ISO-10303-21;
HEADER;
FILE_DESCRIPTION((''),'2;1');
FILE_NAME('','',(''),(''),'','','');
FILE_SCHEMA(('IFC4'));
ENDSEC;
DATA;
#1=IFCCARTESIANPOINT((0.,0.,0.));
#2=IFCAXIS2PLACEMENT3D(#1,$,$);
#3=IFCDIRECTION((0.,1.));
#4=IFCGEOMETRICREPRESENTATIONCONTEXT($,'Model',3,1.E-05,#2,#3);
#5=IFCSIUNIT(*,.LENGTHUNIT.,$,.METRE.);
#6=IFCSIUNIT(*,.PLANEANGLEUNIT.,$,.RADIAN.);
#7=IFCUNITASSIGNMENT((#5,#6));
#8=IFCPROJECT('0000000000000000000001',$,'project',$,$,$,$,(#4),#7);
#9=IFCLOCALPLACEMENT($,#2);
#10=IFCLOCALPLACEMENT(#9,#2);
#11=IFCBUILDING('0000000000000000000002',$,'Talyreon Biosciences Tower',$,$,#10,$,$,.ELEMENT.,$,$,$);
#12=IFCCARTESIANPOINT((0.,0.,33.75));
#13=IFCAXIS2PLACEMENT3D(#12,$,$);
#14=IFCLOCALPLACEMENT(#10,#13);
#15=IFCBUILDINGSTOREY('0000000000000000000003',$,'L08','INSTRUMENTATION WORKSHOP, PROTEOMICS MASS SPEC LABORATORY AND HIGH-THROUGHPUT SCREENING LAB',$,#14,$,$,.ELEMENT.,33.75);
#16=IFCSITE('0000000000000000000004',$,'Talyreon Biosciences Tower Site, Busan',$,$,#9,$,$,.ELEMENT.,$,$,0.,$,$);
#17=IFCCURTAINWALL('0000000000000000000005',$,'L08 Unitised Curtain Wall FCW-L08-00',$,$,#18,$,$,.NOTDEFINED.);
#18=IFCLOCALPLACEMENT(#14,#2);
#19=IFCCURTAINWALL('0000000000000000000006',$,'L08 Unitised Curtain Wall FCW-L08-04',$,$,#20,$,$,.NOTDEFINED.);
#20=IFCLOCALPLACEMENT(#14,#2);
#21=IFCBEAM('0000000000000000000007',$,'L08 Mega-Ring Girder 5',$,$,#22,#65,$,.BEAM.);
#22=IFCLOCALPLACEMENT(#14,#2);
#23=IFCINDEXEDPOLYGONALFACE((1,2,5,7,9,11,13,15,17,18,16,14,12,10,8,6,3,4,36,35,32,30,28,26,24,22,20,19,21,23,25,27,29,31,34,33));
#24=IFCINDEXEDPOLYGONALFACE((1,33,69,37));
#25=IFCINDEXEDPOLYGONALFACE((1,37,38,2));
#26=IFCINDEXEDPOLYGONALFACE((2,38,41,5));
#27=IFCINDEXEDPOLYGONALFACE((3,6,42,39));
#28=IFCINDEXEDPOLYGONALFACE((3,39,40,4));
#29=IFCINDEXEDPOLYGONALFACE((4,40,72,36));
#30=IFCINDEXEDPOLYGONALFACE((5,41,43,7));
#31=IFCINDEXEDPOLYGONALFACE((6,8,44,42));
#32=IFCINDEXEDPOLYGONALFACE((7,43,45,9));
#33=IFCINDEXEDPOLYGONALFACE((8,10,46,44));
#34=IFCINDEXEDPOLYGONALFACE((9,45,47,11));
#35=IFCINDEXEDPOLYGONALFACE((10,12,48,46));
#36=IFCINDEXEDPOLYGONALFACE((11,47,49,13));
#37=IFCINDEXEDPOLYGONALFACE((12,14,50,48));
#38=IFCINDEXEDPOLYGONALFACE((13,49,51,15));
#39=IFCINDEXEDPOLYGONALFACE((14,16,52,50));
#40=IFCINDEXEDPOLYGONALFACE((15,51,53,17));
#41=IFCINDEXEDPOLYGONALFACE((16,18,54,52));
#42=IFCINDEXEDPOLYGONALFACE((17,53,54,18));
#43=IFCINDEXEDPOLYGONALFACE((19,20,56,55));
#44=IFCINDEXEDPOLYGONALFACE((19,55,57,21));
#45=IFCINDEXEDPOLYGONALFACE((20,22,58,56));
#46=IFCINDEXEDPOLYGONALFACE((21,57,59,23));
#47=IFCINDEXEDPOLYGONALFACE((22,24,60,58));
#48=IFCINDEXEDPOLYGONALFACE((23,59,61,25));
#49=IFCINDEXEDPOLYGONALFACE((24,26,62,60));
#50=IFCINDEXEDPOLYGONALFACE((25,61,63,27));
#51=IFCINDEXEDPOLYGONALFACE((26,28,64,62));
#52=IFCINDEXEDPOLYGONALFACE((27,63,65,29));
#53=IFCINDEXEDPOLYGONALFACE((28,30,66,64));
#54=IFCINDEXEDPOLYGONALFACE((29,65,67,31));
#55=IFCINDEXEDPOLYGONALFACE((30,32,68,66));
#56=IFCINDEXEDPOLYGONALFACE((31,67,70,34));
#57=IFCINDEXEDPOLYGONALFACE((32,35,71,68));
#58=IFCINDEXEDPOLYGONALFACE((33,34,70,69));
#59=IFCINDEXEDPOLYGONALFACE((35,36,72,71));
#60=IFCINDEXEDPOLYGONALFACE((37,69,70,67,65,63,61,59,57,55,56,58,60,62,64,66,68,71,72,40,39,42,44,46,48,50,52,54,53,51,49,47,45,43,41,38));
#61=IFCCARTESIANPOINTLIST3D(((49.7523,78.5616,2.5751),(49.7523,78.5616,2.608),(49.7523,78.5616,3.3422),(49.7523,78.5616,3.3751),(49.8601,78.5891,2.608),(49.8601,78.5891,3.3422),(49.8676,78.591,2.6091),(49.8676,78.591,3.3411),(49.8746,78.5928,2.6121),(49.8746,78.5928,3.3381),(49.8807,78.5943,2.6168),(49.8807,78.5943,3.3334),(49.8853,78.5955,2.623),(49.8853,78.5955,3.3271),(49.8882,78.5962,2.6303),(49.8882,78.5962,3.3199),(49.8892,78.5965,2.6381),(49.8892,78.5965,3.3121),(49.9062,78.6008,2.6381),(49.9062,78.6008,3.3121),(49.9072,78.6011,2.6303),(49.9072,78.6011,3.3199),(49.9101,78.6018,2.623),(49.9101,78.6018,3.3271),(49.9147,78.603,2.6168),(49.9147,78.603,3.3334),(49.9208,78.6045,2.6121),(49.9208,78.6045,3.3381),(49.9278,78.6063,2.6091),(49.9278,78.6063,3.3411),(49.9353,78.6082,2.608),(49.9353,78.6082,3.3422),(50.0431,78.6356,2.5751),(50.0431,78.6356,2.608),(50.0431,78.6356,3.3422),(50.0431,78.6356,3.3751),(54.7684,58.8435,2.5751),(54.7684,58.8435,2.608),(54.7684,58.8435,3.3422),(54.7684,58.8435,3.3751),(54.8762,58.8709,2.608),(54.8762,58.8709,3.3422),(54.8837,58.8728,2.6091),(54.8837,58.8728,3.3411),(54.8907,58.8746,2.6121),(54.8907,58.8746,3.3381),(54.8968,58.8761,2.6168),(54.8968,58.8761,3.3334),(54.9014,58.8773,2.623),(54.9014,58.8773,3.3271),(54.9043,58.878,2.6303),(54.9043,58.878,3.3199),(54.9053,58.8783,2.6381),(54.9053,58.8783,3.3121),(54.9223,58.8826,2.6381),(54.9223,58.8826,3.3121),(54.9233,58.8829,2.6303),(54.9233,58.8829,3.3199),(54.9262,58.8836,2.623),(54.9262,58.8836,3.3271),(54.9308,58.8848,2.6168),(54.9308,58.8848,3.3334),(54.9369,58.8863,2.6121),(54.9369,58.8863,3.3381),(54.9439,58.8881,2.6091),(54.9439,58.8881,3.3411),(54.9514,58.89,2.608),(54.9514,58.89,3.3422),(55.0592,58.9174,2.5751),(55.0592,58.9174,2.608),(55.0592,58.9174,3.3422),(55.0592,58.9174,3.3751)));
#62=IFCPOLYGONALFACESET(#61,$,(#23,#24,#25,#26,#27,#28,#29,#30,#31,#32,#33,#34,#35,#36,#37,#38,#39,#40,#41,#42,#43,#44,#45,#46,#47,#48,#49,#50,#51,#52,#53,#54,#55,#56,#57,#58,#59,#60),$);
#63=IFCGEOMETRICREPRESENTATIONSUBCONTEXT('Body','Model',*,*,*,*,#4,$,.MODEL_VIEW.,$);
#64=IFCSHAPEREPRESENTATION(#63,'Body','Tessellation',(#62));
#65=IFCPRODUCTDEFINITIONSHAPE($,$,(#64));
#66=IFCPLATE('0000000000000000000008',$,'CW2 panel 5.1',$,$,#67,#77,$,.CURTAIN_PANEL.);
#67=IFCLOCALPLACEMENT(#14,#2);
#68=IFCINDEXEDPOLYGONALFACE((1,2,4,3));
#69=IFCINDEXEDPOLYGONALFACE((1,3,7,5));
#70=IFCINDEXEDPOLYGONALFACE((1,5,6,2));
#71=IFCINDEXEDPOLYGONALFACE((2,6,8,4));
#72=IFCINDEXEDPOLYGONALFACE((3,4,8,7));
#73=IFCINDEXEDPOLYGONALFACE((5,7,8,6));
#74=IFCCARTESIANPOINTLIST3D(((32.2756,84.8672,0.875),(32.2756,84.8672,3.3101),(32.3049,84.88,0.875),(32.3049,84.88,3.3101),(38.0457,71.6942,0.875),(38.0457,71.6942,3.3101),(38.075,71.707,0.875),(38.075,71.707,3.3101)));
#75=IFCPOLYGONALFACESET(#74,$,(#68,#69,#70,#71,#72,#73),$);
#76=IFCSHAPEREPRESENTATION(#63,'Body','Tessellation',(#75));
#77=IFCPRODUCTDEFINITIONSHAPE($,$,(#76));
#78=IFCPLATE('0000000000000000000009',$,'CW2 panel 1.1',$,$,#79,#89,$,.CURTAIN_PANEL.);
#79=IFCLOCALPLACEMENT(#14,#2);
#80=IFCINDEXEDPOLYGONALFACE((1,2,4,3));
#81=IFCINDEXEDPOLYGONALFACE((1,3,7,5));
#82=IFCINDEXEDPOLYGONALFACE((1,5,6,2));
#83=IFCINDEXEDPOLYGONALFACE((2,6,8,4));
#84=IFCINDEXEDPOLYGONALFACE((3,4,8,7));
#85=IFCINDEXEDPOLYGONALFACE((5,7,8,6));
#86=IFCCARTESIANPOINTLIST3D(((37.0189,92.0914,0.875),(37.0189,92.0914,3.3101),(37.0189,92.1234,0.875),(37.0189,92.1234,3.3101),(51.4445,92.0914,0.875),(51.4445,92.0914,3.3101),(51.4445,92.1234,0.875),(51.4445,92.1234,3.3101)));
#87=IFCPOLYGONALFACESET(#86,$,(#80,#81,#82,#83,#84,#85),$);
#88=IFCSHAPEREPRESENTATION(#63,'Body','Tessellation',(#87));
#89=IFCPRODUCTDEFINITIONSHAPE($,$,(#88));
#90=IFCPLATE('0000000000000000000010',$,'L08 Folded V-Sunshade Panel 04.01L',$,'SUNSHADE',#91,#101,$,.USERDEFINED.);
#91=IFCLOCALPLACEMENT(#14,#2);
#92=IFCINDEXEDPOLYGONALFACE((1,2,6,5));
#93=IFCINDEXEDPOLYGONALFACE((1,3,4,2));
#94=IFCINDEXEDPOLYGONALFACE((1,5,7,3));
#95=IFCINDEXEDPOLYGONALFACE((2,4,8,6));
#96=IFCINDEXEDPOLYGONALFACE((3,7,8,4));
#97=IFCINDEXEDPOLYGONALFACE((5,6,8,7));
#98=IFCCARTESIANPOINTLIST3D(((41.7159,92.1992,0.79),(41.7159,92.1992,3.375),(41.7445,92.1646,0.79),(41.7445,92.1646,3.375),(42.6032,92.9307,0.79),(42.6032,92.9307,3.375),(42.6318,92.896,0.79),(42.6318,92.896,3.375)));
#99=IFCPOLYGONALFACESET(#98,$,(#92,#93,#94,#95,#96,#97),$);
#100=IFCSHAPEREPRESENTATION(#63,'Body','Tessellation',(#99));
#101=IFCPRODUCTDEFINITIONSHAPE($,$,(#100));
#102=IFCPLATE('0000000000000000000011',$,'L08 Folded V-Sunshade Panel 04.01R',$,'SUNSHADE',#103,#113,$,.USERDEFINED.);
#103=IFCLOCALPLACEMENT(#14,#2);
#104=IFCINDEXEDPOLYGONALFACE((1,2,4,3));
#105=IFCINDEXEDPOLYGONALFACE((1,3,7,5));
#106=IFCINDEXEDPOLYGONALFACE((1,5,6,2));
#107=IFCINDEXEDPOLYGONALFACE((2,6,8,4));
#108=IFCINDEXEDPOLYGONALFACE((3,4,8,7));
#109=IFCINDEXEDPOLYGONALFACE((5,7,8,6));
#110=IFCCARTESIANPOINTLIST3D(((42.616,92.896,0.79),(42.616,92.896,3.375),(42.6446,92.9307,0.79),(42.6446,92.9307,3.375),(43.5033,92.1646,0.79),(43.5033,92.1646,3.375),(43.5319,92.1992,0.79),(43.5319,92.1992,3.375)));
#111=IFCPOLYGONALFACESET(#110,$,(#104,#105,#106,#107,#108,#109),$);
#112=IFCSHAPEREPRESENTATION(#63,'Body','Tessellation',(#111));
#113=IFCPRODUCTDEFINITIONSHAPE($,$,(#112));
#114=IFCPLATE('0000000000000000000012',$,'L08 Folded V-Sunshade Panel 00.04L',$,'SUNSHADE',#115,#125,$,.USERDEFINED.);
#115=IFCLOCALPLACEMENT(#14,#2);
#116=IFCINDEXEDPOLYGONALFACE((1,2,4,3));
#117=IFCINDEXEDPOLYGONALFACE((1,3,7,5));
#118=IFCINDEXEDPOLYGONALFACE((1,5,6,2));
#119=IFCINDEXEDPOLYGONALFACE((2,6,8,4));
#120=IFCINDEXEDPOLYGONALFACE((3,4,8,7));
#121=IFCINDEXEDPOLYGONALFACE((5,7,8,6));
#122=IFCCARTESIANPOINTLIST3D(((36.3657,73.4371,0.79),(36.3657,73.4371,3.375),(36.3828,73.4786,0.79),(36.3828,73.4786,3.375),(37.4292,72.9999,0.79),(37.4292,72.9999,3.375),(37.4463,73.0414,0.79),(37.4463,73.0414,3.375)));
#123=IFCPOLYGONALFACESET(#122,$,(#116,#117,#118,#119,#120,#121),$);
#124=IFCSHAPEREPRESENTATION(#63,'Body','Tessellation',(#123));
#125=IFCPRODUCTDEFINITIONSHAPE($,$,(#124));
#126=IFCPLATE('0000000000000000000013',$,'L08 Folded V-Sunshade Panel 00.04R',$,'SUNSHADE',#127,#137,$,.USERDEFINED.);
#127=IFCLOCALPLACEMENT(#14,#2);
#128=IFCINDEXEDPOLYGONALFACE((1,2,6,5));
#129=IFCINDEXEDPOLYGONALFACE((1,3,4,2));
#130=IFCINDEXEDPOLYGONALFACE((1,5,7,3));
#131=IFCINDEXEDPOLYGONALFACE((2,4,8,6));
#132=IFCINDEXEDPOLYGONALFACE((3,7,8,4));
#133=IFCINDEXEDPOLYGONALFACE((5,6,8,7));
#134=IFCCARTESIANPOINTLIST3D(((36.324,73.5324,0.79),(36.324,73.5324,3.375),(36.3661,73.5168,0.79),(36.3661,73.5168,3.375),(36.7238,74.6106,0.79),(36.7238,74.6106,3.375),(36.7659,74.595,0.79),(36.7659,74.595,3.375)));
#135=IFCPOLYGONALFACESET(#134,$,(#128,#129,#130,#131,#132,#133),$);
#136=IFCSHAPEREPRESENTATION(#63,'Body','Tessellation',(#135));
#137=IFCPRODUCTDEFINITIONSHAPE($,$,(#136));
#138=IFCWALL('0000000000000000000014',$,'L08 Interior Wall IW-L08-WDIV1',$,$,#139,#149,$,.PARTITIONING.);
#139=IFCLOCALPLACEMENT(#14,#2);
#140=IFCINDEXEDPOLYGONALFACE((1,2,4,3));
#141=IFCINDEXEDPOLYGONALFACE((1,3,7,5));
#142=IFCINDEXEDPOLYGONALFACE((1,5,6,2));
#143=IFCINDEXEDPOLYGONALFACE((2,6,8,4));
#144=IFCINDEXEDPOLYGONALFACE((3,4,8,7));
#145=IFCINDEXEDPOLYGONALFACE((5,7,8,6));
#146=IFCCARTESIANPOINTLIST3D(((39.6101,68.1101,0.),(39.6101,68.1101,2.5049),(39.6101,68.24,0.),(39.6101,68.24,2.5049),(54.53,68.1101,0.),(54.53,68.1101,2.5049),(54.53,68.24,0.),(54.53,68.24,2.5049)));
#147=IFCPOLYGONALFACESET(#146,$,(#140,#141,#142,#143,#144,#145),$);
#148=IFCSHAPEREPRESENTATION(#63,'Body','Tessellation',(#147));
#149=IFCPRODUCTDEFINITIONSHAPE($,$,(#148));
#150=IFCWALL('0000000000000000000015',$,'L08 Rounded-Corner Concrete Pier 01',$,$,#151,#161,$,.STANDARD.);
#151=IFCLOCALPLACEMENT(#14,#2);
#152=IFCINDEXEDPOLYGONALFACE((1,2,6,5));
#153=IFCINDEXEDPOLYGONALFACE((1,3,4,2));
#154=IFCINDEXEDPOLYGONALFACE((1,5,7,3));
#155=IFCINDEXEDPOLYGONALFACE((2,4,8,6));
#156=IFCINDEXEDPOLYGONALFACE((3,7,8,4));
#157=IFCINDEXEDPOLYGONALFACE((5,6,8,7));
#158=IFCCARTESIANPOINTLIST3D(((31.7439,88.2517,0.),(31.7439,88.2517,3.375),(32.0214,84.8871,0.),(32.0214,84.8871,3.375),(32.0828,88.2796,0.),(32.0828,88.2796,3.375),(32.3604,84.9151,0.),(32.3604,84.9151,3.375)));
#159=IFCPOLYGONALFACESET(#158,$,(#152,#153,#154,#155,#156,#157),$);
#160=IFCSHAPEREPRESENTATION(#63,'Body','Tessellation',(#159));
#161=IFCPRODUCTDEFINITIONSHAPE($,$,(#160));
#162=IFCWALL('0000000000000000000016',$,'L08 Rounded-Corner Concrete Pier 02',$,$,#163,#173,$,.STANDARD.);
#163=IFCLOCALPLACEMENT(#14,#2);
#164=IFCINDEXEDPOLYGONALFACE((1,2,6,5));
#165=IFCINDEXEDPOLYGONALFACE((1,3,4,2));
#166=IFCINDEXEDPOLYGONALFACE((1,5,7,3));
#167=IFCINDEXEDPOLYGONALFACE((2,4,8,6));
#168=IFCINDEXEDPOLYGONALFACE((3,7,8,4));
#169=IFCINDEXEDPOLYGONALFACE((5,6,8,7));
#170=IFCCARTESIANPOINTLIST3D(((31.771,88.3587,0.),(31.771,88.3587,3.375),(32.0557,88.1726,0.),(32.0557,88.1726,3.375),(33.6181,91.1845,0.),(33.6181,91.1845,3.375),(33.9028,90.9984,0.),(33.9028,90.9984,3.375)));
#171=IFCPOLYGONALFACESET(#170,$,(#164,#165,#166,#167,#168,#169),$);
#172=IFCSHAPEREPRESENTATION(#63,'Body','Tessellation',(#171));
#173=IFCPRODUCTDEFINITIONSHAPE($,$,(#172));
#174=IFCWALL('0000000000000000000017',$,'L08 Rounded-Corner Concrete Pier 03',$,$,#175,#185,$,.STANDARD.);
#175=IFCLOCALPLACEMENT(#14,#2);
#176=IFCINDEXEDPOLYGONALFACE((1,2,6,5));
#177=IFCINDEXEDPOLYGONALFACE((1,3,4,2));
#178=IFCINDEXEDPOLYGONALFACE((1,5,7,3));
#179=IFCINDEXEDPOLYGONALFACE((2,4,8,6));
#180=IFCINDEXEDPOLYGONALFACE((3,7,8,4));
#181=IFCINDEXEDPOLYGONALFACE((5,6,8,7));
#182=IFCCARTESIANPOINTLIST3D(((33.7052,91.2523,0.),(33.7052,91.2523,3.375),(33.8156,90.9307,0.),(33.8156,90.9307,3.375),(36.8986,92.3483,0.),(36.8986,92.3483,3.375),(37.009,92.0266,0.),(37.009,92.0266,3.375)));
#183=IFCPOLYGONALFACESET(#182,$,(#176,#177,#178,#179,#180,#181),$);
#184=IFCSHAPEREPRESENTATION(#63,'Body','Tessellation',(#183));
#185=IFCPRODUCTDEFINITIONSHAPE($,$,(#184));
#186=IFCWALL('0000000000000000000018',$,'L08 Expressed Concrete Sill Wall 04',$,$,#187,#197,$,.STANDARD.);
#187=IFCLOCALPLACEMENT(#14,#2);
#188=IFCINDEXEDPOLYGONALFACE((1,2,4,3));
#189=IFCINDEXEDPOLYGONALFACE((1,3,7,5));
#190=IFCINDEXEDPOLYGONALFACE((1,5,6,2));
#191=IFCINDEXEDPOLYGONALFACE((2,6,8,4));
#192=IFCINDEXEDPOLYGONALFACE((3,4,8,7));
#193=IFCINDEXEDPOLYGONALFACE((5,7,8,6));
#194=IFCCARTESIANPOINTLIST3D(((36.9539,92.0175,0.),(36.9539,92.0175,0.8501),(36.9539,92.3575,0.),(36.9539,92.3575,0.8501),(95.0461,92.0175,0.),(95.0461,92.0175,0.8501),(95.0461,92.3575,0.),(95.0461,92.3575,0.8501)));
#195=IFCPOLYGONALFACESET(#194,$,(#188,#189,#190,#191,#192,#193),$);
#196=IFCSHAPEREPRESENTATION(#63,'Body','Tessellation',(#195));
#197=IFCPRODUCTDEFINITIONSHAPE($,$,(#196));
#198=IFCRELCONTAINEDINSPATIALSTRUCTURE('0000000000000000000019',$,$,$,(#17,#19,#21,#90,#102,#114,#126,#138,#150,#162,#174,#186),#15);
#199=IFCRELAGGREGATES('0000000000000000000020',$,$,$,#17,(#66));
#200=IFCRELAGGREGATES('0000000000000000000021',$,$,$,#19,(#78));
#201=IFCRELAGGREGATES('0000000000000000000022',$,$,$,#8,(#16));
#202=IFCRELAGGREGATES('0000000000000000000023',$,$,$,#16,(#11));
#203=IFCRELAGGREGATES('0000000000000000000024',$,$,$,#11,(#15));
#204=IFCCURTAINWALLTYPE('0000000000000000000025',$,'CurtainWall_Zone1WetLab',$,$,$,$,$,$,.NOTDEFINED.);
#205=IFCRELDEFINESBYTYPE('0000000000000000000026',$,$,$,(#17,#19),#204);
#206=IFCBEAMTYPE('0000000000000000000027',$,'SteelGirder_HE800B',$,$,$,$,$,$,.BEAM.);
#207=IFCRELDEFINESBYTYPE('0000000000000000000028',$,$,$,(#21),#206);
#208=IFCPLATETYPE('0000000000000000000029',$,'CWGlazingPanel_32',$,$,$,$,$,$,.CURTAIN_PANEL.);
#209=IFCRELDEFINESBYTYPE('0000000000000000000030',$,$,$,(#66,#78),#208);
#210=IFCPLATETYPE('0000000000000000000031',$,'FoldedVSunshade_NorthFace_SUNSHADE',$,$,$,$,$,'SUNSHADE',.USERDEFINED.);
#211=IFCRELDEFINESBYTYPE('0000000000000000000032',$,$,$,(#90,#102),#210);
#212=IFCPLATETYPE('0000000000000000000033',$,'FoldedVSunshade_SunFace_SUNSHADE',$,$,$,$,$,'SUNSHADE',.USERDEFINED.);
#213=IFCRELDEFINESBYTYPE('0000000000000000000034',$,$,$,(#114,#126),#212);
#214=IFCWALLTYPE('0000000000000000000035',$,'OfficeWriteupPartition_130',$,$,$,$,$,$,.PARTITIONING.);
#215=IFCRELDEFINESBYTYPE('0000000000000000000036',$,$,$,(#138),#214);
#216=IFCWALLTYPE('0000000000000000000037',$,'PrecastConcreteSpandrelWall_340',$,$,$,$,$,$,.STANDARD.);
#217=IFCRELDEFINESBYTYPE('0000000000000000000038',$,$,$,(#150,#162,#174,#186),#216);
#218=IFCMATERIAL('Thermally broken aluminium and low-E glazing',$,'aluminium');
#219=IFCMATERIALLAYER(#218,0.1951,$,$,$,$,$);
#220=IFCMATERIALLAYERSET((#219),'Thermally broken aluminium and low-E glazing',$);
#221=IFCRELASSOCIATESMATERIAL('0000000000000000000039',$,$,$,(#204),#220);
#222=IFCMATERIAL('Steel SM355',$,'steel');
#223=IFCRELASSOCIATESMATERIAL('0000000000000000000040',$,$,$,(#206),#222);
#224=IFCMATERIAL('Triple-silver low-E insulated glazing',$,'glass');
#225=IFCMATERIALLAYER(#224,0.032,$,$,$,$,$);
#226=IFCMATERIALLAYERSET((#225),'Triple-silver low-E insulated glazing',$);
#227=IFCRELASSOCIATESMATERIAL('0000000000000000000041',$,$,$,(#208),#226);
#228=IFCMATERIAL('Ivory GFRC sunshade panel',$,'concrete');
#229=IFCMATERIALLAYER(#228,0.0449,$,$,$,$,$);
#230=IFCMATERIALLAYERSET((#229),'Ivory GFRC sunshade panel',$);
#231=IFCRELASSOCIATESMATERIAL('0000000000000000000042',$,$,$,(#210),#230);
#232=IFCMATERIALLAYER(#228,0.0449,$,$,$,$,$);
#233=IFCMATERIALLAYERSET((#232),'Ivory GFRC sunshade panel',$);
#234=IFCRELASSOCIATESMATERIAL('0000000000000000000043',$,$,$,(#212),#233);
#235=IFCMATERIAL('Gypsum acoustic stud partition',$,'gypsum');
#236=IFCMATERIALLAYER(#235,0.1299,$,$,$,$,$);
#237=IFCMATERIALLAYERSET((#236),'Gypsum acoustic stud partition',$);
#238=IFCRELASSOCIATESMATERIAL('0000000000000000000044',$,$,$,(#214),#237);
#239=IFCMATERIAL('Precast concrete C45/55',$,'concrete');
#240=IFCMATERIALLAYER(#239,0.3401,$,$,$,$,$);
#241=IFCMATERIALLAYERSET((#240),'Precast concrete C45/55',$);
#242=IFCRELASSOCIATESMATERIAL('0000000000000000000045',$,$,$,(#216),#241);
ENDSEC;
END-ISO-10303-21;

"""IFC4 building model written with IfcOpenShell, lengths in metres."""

from ifc_helpers import new_model, si_unit, direction, frame, frame_2d, origin, origin_2d, place, context, subcontext, project, spatial, rectangle, i_section, extrude, material, layer, layer_set, material_profile, profile_set, type_object, element, aggregate, save


model = new_model("IFC4")

# Units and contexts
model_context = context("Model", 3, precision=1e-05, world=origin(), true_north=direction((0.0, 1.0)))
body_context = subcontext(model_context, "Body", "Model", "MODEL_VIEW")
ifc_project = project(units=[si_unit("LENGTHUNIT", "METRE"), si_unit("PLANEANGLEUNIT", "RADIAN")], contexts=[model_context])

# Site, building, storey
site_placement = place(None, origin())
site = spatial("IfcSite", under=ifc_project, at=site_placement, Name="Talyreon Biosciences Tower Site, Busan", CompositionType="ELEMENT", RefElevation=0.0)
building_placement = place(site_placement, origin())
building = spatial("IfcBuilding", under=site, at=building_placement, Name="Talyreon Biosciences Tower", CompositionType="ELEMENT")
storey_placement = place(building_placement, frame((0.0, 0.0, 33.75)))
storey = spatial("IfcBuildingStorey", under=building, at=storey_placement, Name="L08", Description="INSTRUMENTATION WORKSHOP, PROTEOMICS MASS SPEC LABORATORY AND HIGH-THROUGHPUT SCREENING LAB", CompositionType="ELEMENT", Elevation=33.75)

# Curtain walls
ifc_material_1 = material(Name="Thermally broken aluminium and low-E glazing", Category="aluminium")
ifc_layer_1 = layer(ifc_material_1, 0.1951)
ifc_layer_set_1 = layer_set([ifc_layer_1], Name="Thermally broken aluminium and low-E glazing")
curtain_wall_type = type_object("IfcCurtainWallType", Name="CurtainWall_Zone1WetLab", PredefinedType="NOTDEFINED", material=ifc_layer_set_1)
curtain_wall_1_placement = place(storey_placement, origin())
curtain_wall_1 = element("IfcCurtainWall", 1, at=curtain_wall_1_placement, inside=storey, type_object=curtain_wall_type, Name="L08 Unitised Curtain Wall FCW-L08-00", PredefinedType="NOTDEFINED")
curtain_wall_2_placement = place(storey_placement, origin())
curtain_wall_2 = element("IfcCurtainWall", 2, at=curtain_wall_2_placement, inside=storey, type_object=curtain_wall_type, Name="L08 Unitised Curtain Wall FCW-L08-04", PredefinedType="NOTDEFINED")

# Beam
ifc_material_2 = material(Name="Precast concrete C45/55", Category="concrete")
ifc_material_3 = material(Name="Steel SM355", Category="steel")
ifc_material_profile_1 = material_profile(ifc_material_3, i_section(OverallWidth=0.3, OverallDepth=0.8, WebThickness=0.0176, FlangeThickness=0.033, FilletRadius=0.03, at=origin_2d()), Name="HE800B")
ifc_profile_set_1 = profile_set([ifc_material_profile_1], Name="Steel SM355")
beam_type_1 = type_object("IfcBeamType", Name="SteelGirder_HE800B", PredefinedType="BEAM", material=ifc_profile_set_1)
beam_1_placement = place(storey_placement, frame((49.8977, 78.5986, 2.9751), z_axis=(0.246537, -0.969133, 0.0), x_axis=(0.969133, 0.246537, 0.0)))
element("IfcBeam", 3, at=beam_1_placement, inside=storey, type_object=beam_type_1, Name="L08 Mega-Ring Girder 5", PredefinedType="BEAM", context=body_context, shape_type="SweptSolid", body=[
    extrude(i_section(OverallWidth=0.3, OverallDepth=0.8, WebThickness=0.0176, FlangeThickness=0.033, FilletRadius=0.03, at=origin_2d()), origin(), (0.0, 0.0, 1.0), 20.3462),
])

# Plates
ifc_material_4 = material(Name="Triple-silver low-E insulated glazing", Category="glass")
ifc_layer_2 = layer(ifc_material_4, 0.032)
ifc_layer_set_2 = layer_set([ifc_layer_2], Name="Triple-silver low-E insulated glazing")
plate_type_1 = type_object("IfcPlateType", Name="CWGlazingPanel_32", PredefinedType="CURTAIN_PANEL", material=ifc_layer_set_2)
plate_1_placement = place(storey_placement, frame((35.1753, 78.2871, 0.875), z_axis=(0.0, 0.0, 1.0), x_axis=(-0.401223, 0.91598, 0.0)))
plate_1 = element("IfcPlate", 4, at=plate_1_placement, type_object=plate_type_1, Name="CW2 panel 5.1", PredefinedType="CURTAIN_PANEL", context=body_context, shape_type="SweptSolid", body=[
    extrude(rectangle(XDim=14.3813, YDim=0.032, at=origin_2d()), origin(), (0.0, 0.0, 1.0), 2.4351),
])
aggregate(curtain_wall_1, [plate_1])
plate_2_placement = place(storey_placement, frame((44.2317, 92.1074, 0.875), z_axis=(0.0, 0.0, 1.0), x_axis=(1.0, 0.0, 0.0)))
plate_2 = element("IfcPlate", 5, at=plate_2_placement, type_object=plate_type_1, Name="CW2 panel 1.1", PredefinedType="CURTAIN_PANEL", context=body_context, shape_type="SweptSolid", body=[
    extrude(rectangle(XDim=14.4255, YDim=0.032, at=origin_2d()), origin(), (0.0, 0.0, 1.0), 2.4351),
])
aggregate(curtain_wall_2, [plate_2])

# Plates
ifc_material_5 = material(Name="Ivory GFRC sunshade panel", Category="concrete")
ifc_layer_3 = layer(ifc_material_5, 0.0449)
ifc_layer_set_3 = layer_set([ifc_layer_3], Name="Ivory GFRC sunshade panel")
plate_type_2 = type_object("IfcPlateType", Name="FoldedVSunshade_NorthFace_SUNSHADE", ElementType="SUNSHADE", PredefinedType="USERDEFINED", material=ifc_layer_set_3)
for number, where, z_axis, x_axis, name in (
    (6, (42.1738, 92.5476, 0.79), (0.0, 0.0, 1.0), (0.771625, 0.636078, 0.0), "L08 Folded V-Sunshade Panel 04.01L"),
    (7, (43.074, 92.5476, 0.79), (0.0, 0.0, 1.0), (0.771625, -0.636078, 0.0), "L08 Folded V-Sunshade Panel 04.01R"),
):
    element("IfcPlate", number, at=place(storey_placement, frame(where, z_axis=z_axis, x_axis=x_axis)), inside=storey, type_object=plate_type_2, Name=name, ObjectType="SUNSHADE", PredefinedType="USERDEFINED", context=body_context, shape_type="SweptSolid", body=[
        extrude(rectangle(XDim=1.1499, YDim=0.0449, at=origin_2d()), origin(), (0.0, 0.0, 1.0), 2.585),
    ])
ifc_layer_4 = layer(ifc_material_5, 0.0449)
ifc_layer_set_4 = layer_set([ifc_layer_4], Name="Ivory GFRC sunshade panel")
plate_type_3 = type_object("IfcPlateType", Name="FoldedVSunshade_SunFace_SUNSHADE", ElementType="SUNSHADE", PredefinedType="USERDEFINED", material=ifc_layer_set_4)
for number, where, z_axis, x_axis, name in (
    (8, (36.906, 73.2393, 0.79), (0.0, 0.0, 1.0), (-0.924911, 0.380183, 0.0), "L08 Folded V-Sunshade Panel 00.04L"),
    (9, (36.5449, 74.0637, 0.79), (0.0, 0.0, 1.0), (0.347672, 0.937616, 0.0), "L08 Folded V-Sunshade Panel 00.04R"),
):
    element("IfcPlate", number, at=place(storey_placement, frame(where, z_axis=z_axis, x_axis=x_axis)), inside=storey, type_object=plate_type_3, Name=name, ObjectType="SUNSHADE", PredefinedType="USERDEFINED", context=body_context, shape_type="SweptSolid", body=[
        extrude(rectangle(XDim=1.1499, YDim=0.0449, at=origin_2d()), origin(), (0.0, 0.0, 1.0), 2.585),
    ])

# Walls
ifc_material_6 = material(Name="Gypsum acoustic stud partition", Category="gypsum")
ifc_layer_5 = layer(ifc_material_6, 0.1299)
ifc_layer_set_5 = layer_set([ifc_layer_5], Name="Gypsum acoustic stud partition")
wall_type_1 = type_object("IfcWallType", Name="OfficeWriteupPartition_130", PredefinedType="PARTITIONING", material=ifc_layer_set_5)
wall_1_placement = place(storey_placement, frame((39.6101, 68.175, 0.0), z_axis=(0.0, 0.0, 1.0), x_axis=(1.0, 0.0, 0.0)))
element("IfcWall", 10, at=wall_1_placement, inside=storey, type_object=wall_type_1, Name="L08 Interior Wall IW-L08-WDIV1", PredefinedType="PARTITIONING", context=body_context, shape_type="SweptSolid", body=[
    extrude(rectangle(XDim=14.9199, YDim=0.1299, at=frame_2d((7.46, 0.0))), origin(), (0.0, 0.0, 1.0), 2.5049),
])
ifc_layer_6 = layer(ifc_material_2, 0.3401)
ifc_layer_set_6 = layer_set([ifc_layer_6], Name="Precast concrete C45/55")
wall_type_2 = type_object("IfcWallType", Name="PrecastConcreteSpandrelWall_340", PredefinedType="STANDARD", material=ifc_layer_set_6)
for number, where, z_axis, x_axis, name in (
    (11, (32.1909, 84.9011, 0.0), (0.0, 0.0, 1.0), (-0.082226, 0.996614, 0.0), "L08 Rounded-Corner Concrete Pier 01"),
    (12, (31.9133, 88.2656, 0.0), (0.0, 0.0, 1.0), (0.547134, 0.837045, 0.0), "L08 Rounded-Corner Concrete Pier 02"),
):
    element("IfcWall", number, at=place(storey_placement, frame(where, z_axis=z_axis, x_axis=x_axis)), inside=storey, type_object=wall_type_2, Name=name, PredefinedType="STANDARD", context=body_context, shape_type="SweptSolid", body=[
        extrude(rectangle(XDim=3.376, YDim=0.3401, at=frame_2d((1.688, 0.0))), origin(), (0.0, 0.0, 1.0), 3.375),
    ])
wall_2_placement = place(storey_placement, frame((33.7605, 91.0916, 0.0), z_axis=(0.0, 0.0, 1.0), x_axis=(0.945848, 0.324611, 0.0)))
element("IfcWall", 13, at=wall_2_placement, inside=storey, type_object=wall_type_2, Name="L08 Rounded-Corner Concrete Pier 03", PredefinedType="STANDARD", context=body_context, shape_type="SweptSolid", body=[
    extrude(rectangle(XDim=3.3762, YDim=0.3401, at=frame_2d((1.688, 0.0))), origin(), (0.0, 0.0, 1.0), 3.375),
])
wall_3_placement = place(storey_placement, frame((36.9539, 92.1875, 0.0), z_axis=(0.0, 0.0, 1.0), x_axis=(1.0, 0.0, 0.0)))
element("IfcWall", 14, at=wall_3_placement, inside=storey, type_object=wall_type_2, Name="L08 Expressed Concrete Sill Wall 04", PredefinedType="STANDARD", context=body_context, shape_type="SweptSolid", body=[
    extrude(rectangle(XDim=58.0923, YDim=0.3401, at=frame_2d((29.0461, 0.0))), origin(), (0.0, 0.0, 1.0), 0.8501),
])

save(model, "model.ifc")
